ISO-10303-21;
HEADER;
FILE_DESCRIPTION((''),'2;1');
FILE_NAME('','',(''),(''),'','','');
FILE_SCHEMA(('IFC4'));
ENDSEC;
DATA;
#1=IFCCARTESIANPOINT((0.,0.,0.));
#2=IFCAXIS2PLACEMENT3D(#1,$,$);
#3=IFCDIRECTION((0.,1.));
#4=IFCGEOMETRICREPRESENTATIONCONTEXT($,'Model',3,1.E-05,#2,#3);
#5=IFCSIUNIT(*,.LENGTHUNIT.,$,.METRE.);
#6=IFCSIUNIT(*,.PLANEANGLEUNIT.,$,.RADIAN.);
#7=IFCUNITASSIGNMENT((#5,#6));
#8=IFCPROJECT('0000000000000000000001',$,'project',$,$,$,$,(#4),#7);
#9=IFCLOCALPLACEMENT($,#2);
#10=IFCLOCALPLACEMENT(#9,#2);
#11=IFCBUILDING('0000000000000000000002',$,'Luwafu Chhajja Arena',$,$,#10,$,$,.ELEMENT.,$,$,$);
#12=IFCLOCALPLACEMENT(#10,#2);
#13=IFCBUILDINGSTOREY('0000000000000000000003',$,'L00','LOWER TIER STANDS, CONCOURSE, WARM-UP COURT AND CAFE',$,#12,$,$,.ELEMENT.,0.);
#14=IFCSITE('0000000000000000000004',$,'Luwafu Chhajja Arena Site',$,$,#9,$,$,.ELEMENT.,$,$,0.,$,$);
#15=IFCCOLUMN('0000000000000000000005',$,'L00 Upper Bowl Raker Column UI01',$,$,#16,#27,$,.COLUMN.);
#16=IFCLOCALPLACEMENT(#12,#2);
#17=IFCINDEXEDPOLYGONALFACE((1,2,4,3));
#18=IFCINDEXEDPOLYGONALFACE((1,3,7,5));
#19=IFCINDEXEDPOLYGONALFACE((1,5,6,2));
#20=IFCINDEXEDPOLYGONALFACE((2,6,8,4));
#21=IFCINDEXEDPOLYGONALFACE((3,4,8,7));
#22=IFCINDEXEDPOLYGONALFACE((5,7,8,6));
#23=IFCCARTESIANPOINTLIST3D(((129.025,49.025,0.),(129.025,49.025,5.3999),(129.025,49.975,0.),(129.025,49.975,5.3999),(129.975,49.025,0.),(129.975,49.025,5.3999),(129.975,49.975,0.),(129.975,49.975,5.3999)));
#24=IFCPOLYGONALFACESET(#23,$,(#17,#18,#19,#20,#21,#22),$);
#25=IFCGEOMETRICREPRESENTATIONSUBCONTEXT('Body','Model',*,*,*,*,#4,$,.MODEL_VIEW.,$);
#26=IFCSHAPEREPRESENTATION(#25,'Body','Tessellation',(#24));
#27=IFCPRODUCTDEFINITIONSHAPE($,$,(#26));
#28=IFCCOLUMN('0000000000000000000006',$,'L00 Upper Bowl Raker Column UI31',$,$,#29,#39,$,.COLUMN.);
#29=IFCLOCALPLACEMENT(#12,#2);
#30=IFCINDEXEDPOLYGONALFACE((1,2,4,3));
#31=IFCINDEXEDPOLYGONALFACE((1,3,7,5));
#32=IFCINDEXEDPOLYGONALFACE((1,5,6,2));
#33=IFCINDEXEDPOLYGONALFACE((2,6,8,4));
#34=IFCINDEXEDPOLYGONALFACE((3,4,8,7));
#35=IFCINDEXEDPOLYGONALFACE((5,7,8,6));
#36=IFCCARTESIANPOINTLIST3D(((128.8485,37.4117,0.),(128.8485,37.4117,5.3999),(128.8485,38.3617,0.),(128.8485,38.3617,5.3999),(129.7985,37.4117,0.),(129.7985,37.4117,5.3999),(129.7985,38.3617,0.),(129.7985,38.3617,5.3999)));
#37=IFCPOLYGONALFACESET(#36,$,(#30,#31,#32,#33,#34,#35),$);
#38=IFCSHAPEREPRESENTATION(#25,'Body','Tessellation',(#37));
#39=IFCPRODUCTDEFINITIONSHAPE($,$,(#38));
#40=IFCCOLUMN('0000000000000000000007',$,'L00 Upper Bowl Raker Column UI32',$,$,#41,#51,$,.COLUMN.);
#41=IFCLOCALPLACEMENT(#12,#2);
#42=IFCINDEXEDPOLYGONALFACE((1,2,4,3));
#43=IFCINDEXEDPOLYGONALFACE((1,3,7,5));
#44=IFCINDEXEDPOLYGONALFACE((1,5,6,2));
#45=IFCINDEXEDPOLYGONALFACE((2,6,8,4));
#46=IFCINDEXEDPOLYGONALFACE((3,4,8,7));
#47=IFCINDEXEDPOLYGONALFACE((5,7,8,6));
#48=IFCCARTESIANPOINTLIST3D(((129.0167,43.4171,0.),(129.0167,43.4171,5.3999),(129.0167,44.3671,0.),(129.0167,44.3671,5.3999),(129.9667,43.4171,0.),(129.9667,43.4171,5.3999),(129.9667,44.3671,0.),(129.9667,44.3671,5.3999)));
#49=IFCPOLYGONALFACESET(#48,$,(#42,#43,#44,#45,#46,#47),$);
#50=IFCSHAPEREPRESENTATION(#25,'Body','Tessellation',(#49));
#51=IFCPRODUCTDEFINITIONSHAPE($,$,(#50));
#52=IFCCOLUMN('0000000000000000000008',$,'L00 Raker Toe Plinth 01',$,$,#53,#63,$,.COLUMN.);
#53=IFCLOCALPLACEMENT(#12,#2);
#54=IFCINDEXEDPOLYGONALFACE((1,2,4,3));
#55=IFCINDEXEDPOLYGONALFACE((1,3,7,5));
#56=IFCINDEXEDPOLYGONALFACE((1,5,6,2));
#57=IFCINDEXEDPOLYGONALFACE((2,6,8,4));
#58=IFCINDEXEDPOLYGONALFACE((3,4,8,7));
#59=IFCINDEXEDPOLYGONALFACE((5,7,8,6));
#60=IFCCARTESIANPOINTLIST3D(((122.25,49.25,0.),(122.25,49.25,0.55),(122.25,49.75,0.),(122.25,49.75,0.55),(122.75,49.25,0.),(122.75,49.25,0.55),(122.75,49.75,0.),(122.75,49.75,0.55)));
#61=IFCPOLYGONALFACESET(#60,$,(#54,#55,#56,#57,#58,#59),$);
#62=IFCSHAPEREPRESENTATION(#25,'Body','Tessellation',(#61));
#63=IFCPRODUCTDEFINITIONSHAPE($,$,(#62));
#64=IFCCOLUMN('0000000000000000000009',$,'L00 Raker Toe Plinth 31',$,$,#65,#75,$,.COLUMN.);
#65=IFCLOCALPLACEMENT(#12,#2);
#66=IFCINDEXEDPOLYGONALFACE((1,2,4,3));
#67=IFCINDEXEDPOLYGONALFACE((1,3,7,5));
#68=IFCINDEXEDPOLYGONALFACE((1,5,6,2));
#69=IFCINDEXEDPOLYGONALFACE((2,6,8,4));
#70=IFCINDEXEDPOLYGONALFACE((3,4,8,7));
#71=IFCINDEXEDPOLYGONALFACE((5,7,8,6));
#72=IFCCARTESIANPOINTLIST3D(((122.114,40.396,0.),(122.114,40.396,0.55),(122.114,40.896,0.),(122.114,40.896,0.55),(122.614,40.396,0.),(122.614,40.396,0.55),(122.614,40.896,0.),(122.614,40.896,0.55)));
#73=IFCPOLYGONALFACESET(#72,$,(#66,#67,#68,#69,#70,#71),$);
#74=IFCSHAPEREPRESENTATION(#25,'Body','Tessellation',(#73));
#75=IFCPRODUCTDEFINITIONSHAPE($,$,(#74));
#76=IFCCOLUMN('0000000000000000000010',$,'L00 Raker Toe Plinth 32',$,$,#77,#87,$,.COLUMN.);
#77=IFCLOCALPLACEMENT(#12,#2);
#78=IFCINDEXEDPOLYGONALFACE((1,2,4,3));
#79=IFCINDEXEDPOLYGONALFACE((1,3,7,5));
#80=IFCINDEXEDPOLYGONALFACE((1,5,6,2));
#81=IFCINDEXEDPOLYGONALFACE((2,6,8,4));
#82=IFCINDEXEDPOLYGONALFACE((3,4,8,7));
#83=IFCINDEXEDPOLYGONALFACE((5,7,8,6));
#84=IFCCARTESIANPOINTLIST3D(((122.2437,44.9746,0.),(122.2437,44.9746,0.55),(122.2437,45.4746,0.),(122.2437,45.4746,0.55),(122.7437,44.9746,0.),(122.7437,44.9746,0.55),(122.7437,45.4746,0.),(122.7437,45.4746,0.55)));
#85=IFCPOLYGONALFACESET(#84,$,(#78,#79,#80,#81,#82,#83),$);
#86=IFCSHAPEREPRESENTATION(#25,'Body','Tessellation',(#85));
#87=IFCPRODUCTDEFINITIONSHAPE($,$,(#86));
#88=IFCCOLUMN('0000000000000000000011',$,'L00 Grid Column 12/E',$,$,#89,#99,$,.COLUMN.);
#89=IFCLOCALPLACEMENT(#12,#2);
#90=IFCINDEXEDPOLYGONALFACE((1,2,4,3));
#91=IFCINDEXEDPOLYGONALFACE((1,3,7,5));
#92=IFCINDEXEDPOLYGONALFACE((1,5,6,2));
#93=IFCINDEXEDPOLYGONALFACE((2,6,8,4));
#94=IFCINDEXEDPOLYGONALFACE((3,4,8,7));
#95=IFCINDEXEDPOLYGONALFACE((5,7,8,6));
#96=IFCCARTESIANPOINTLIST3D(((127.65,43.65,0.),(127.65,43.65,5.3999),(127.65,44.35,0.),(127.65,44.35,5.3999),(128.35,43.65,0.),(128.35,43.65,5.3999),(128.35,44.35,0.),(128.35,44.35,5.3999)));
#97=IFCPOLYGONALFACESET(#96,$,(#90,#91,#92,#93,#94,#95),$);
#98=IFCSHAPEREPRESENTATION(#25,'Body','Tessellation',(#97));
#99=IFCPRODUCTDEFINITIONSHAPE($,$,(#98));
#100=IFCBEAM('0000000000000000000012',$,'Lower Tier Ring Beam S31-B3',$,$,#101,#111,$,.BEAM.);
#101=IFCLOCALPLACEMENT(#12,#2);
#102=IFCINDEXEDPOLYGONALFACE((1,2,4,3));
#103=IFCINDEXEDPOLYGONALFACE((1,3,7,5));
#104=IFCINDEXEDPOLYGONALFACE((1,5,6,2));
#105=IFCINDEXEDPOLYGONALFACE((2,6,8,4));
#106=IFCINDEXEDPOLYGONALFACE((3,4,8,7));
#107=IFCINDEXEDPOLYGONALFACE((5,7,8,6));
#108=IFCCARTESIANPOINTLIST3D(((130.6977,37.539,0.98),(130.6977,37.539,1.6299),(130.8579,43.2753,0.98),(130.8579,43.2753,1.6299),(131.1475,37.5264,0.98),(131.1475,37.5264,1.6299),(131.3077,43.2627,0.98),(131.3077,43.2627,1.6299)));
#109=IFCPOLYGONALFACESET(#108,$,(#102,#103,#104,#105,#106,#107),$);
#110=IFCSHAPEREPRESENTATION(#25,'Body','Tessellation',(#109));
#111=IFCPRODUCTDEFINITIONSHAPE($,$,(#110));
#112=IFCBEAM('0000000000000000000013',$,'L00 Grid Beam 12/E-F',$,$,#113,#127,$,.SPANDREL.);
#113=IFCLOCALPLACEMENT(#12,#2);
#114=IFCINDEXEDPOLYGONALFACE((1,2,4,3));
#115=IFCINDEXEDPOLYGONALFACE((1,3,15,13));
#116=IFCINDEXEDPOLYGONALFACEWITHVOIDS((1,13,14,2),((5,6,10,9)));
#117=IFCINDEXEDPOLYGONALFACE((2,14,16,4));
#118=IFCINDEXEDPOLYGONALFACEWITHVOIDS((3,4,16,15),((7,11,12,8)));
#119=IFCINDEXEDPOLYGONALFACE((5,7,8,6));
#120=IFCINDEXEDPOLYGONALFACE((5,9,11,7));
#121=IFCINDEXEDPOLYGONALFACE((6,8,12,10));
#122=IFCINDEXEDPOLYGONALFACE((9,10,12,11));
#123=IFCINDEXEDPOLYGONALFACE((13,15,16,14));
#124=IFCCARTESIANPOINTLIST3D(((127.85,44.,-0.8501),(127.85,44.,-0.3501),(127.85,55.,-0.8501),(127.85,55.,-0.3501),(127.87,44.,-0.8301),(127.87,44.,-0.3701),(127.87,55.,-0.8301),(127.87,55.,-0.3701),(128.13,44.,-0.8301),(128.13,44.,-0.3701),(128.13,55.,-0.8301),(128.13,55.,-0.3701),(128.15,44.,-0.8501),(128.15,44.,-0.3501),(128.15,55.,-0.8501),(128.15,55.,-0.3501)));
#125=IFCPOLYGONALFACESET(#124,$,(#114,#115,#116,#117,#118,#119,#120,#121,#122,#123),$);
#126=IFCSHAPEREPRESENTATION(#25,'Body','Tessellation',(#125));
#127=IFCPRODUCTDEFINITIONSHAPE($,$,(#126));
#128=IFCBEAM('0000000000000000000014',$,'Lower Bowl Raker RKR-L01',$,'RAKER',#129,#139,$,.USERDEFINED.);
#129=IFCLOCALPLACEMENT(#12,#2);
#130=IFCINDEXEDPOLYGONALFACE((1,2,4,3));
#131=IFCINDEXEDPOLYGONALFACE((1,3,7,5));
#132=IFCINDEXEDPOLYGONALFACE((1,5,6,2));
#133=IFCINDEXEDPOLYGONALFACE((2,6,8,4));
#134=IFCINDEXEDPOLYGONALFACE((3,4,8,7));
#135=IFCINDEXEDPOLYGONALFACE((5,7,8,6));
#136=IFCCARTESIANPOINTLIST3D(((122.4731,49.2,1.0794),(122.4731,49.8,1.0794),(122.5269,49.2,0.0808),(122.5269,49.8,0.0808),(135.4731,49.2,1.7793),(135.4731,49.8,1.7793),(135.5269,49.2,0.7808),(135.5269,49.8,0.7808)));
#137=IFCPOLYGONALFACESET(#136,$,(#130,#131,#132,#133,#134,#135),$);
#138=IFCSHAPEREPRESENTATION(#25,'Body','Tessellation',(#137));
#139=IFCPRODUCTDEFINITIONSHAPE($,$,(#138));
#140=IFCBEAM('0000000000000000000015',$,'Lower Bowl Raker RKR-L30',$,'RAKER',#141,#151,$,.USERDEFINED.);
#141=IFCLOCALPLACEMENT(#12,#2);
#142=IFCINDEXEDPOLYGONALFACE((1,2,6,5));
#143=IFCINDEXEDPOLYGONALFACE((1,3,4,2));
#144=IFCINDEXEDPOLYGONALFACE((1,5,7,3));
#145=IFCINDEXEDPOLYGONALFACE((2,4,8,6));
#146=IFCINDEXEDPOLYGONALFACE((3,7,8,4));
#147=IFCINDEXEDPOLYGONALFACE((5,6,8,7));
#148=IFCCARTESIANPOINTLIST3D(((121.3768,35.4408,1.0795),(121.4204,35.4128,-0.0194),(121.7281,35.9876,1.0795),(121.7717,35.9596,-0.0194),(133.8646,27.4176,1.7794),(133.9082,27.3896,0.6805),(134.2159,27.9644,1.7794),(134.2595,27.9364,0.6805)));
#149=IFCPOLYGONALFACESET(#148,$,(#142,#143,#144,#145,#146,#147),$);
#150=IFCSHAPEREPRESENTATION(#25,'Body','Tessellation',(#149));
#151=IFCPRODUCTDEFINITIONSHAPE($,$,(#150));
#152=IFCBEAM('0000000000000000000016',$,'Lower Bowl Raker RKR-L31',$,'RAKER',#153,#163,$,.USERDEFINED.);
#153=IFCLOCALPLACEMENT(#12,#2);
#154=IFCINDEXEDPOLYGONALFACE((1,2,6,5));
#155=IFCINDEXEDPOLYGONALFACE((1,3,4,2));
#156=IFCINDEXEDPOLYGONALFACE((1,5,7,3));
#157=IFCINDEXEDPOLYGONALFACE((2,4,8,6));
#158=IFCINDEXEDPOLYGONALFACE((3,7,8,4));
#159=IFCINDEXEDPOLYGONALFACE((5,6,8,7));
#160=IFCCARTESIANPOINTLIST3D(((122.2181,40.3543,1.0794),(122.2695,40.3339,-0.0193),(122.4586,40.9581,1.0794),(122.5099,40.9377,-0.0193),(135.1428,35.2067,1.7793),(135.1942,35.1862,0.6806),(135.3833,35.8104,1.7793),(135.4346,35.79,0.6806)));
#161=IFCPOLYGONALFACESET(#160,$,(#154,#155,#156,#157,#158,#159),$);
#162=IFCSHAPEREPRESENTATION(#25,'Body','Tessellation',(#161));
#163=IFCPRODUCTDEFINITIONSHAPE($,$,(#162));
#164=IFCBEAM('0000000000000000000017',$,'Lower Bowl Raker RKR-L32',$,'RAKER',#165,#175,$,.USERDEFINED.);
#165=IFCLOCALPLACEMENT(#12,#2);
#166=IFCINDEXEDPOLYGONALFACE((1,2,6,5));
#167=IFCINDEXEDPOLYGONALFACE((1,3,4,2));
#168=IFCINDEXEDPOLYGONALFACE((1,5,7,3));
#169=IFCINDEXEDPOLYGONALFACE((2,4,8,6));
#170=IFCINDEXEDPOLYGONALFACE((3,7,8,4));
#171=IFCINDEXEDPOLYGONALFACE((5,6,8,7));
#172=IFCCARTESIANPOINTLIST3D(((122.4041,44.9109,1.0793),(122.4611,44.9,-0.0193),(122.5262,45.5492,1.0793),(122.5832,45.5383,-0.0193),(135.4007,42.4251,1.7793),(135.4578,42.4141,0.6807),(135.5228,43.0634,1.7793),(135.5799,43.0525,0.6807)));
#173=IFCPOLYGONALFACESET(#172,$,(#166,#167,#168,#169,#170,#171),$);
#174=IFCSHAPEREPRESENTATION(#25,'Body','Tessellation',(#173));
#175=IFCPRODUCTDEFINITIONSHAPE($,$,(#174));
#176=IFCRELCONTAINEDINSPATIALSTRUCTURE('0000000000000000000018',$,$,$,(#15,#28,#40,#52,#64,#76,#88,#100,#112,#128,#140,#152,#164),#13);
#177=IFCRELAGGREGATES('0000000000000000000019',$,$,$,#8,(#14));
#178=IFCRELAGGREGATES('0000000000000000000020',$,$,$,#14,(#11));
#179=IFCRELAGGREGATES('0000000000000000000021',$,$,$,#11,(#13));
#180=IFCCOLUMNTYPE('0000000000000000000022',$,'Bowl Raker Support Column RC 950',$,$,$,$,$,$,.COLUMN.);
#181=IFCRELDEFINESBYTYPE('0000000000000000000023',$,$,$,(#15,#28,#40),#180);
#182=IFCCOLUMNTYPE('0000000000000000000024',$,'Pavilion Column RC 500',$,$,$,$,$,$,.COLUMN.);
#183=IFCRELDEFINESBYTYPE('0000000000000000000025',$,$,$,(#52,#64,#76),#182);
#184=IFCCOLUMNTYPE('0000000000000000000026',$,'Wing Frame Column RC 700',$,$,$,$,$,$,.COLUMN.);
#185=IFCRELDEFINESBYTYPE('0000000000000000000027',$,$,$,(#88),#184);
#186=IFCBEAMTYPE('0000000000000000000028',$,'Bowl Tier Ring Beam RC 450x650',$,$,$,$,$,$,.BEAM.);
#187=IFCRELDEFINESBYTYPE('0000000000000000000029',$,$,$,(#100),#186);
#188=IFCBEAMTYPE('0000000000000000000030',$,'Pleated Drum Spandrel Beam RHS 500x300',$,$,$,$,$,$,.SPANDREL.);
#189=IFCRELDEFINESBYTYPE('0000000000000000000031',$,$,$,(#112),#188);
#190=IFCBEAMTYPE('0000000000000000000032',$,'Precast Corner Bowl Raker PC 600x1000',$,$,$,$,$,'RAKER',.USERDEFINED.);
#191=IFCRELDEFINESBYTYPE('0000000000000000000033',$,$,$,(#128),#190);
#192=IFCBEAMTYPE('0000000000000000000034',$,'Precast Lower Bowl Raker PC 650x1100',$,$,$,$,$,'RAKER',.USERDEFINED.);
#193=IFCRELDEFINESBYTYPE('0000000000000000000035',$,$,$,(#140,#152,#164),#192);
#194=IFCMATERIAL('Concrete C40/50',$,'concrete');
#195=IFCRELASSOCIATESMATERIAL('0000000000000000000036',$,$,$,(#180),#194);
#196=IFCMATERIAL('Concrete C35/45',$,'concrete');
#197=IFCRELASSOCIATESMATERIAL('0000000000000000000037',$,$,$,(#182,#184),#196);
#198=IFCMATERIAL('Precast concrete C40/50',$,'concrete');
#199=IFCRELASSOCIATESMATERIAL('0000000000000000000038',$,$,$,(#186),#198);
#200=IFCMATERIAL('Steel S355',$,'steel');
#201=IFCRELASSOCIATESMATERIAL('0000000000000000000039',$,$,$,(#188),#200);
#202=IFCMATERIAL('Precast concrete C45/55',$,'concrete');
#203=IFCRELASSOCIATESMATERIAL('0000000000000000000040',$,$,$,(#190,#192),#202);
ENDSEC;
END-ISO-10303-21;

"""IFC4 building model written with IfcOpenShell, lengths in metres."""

from ifc_helpers import new_model, si_unit, direction, frame, origin, origin_2d, place, context, subcontext, project, spatial, rectangle, hollow_rectangle, extrude, material, material_profile, profile_set, type_object, element, save


model = new_model("IFC4")

# Units and contexts
model_context = context("Model", 3, precision=1e-05, world=origin(), true_north=direction((0.0, 1.0)))
body_context = subcontext(model_context, "Body", "Model", "MODEL_VIEW")
ifc_project = project(units=[si_unit("LENGTHUNIT", "METRE"), si_unit("PLANEANGLEUNIT", "RADIAN")], contexts=[model_context])

# Site, building, storey
site_placement = place(None, origin())
site = spatial("IfcSite", under=ifc_project, at=site_placement, Name="Luwafu Chhajja Arena Site", CompositionType="ELEMENT", RefElevation=0.0)
building_placement = place(site_placement, origin())
building = spatial("IfcBuilding", under=site, at=building_placement, Name="Luwafu Chhajja Arena", CompositionType="ELEMENT")
storey_placement = place(building_placement, origin())
storey = spatial("IfcBuildingStorey", under=building, at=storey_placement, Name="L00", Description="LOWER TIER STANDS, CONCOURSE, WARM-UP COURT AND CAFE", CompositionType="ELEMENT", Elevation=0.0)

# Columns
ifc_material_1 = material(Name="Concrete C40/50", Category="concrete")
ifc_material_profile_1 = material_profile(ifc_material_1, rectangle(XDim=0.95, YDim=0.95, at=origin_2d()), Name="RC 950x950")
ifc_profile_set_1 = profile_set([ifc_material_profile_1], Name="Concrete C40/50")
column_type_1 = type_object("IfcColumnType", Name="Bowl Raker Support Column RC 950", PredefinedType="COLUMN", material=ifc_profile_set_1)
for number, where, z_axis, x_axis, name in (
    (1, (129.5, 49.5, 0.0), (0.0, 0.0, 1.0), (1.0, 0.0, 0.0), "L00 Upper Bowl Raker Column UI01"),
    (2, (129.3235, 37.8867, 0.0), (0.0, 0.0, 1.0), (1.0, 0.0, 0.0), "L00 Upper Bowl Raker Column UI31"),
    (3, (129.4917, 43.8921, 0.0), (0.0, 0.0, 1.0), (1.0, 0.0, 0.0), "L00 Upper Bowl Raker Column UI32"),
):
    element("IfcColumn", number, at=place(storey_placement, frame(where, z_axis=z_axis, x_axis=x_axis)), inside=storey, type_object=column_type_1, Name=name, PredefinedType="COLUMN", context=body_context, shape_type="SweptSolid", body=[
        extrude(rectangle(XDim=0.95, YDim=0.95, at=origin_2d()), origin(), (0.0, 0.0, 1.0), 5.3999),
    ])
ifc_material_2 = material(Name="Concrete C35/45", Category="concrete")
ifc_material_profile_2 = material_profile(ifc_material_2, rectangle(XDim=0.5, YDim=0.5, at=origin_2d()), Name="RC 500x500")
ifc_profile_set_2 = profile_set([ifc_material_profile_2], Name="Concrete C35/45")
column_type_2 = type_object("IfcColumnType", Name="Pavilion Column RC 500", PredefinedType="COLUMN", material=ifc_profile_set_2)
for number, where, z_axis, x_axis, name in (
    (4, (122.5, 49.5, 0.0), (0.0, 0.0, 1.0), (1.0, 0.0, 0.0), "L00 Raker Toe Plinth 01"),
    (5, (122.364, 40.646, 0.0), (0.0, 0.0, 1.0), (1.0, 0.0, 0.0), "L00 Raker Toe Plinth 31"),
    (6, (122.4937, 45.2246, 0.0), (0.0, 0.0, 1.0), (1.0, 0.0, 0.0), "L00 Raker Toe Plinth 32"),
):
    element("IfcColumn", number, at=place(storey_placement, frame(where, z_axis=z_axis, x_axis=x_axis)), inside=storey, type_object=column_type_2, Name=name, PredefinedType="COLUMN", context=body_context, shape_type="SweptSolid", body=[
        extrude(rectangle(XDim=0.5, YDim=0.5, at=origin_2d()), origin(), (0.0, 0.0, 1.0), 0.55),
    ])
ifc_material_profile_3 = material_profile(ifc_material_2, rectangle(XDim=0.7, YDim=0.7, at=origin_2d()), Name="RC 700x700")
ifc_profile_set_3 = profile_set([ifc_material_profile_3], Name="Concrete C35/45")
column_type_3 = type_object("IfcColumnType", Name="Wing Frame Column RC 700", PredefinedType="COLUMN", material=ifc_profile_set_3)
column_placement = place(storey_placement, frame((128.0, 44.0, 0.0), z_axis=(0.0, 0.0, 1.0), x_axis=(1.0, 0.0, 0.0)))
element("IfcColumn", 7, at=column_placement, inside=storey, type_object=column_type_3, Name="L00 Grid Column 12/E", PredefinedType="COLUMN", context=body_context, shape_type="SweptSolid", body=[
    extrude(rectangle(XDim=0.7, YDim=0.7, at=origin_2d()), origin(), (0.0, 0.0, 1.0), 5.3999),
])

# Beams
ifc_material_3 = material(Name="Precast concrete C40/50", Category="concrete")
ifc_material_profile_4 = material_profile(ifc_material_3, rectangle(XDim=0.45, YDim=0.6499, at=origin_2d()), Name="RC 450x650")
ifc_profile_set_4 = profile_set([ifc_material_profile_4], Name="Precast concrete C40/50")
beam_type_1 = type_object("IfcBeamType", Name="Bowl Tier Ring Beam RC 450x650", PredefinedType="BEAM", material=ifc_profile_set_4)
beam_1_placement = place(storey_placement, frame((130.9226, 37.5327, 1.3049), z_axis=(0.027909, 0.99961, 0.0), x_axis=(-0.99961, 0.027909, 0.0)))
element("IfcBeam", 8, at=beam_1_placement, inside=storey, type_object=beam_type_1, Name="Lower Tier Ring Beam S31-B3", PredefinedType="BEAM", context=body_context, shape_type="SweptSolid", body=[
    extrude(rectangle(XDim=0.45, YDim=0.6499, at=origin_2d()), origin(), (0.0, 0.0, 1.0), 5.7385),
])
ifc_material_4 = material(Name="Steel S355", Category="steel")
ifc_material_profile_5 = material_profile(ifc_material_4, hollow_rectangle(XDim=0.3, YDim=0.5, WallThickness=0.02, at=origin_2d()), Name="RHS 500x300x20")
ifc_profile_set_5 = profile_set([ifc_material_profile_5], Name="Steel S355")
beam_type_2 = type_object("IfcBeamType", Name="Pleated Drum Spandrel Beam RHS 500x300", PredefinedType="SPANDREL", material=ifc_profile_set_5)
beam_2_placement = place(storey_placement, frame((128.0, 44.0, -0.6001), z_axis=(0.0, 1.0, 0.0), x_axis=(-1.0, 0.0, 0.0)))
element("IfcBeam", 9, at=beam_2_placement, inside=storey, type_object=beam_type_2, Name="L00 Grid Beam 12/E-F", PredefinedType="SPANDREL", context=body_context, shape_type="SweptSolid", body=[
    extrude(hollow_rectangle(XDim=0.3, YDim=0.5, WallThickness=0.02, at=origin_2d()), origin(), (0.0, 0.0, 1.0), 11.0),
])
ifc_material_5 = material(Name="Precast concrete C45/55", Category="concrete")
ifc_material_profile_6 = material_profile(ifc_material_5, rectangle(XDim=0.6001, YDim=1.0, at=origin_2d()), Name="PC 600x1000")
ifc_profile_set_6 = profile_set([ifc_material_profile_6], Name="Precast concrete C45/55")
beam_type_3 = type_object("IfcBeamType", Name="Precast Corner Bowl Raker PC 600x1000", ElementType="RAKER", PredefinedType="USERDEFINED", material=ifc_profile_set_6)
beam_3_placement = place(storey_placement, frame((122.5, 49.5, 0.5801), z_axis=(0.998554, 0.0, 0.053765), x_axis=(0.0, 1.0, 0.0)))
element("IfcBeam", 10, at=beam_3_placement, inside=storey, type_object=beam_type_3, Name="Lower Bowl Raker RKR-L01", ObjectType="RAKER", PredefinedType="USERDEFINED", context=body_context, shape_type="SweptSolid", body=[
    extrude(rectangle(XDim=0.6001, YDim=1.0, at=origin_2d()), origin(), (0.0, 0.0, 1.0), 13.0188),
])
ifc_material_profile_7 = material_profile(ifc_material_5, rectangle(XDim=0.6499, YDim=1.1001, at=origin_2d()), Name="PC 650x1100")
ifc_profile_set_7 = profile_set([ifc_material_profile_7], Name="Precast concrete C45/55")
beam_type_4 = type_object("IfcBeamType", Name="Precast Lower Bowl Raker PC 650x1100", ElementType="RAKER", PredefinedType="USERDEFINED", material=ifc_profile_set_7)
beam_4_placement = place(storey_placement, frame((121.5742, 35.7002, 0.53), z_axis=(0.840388, -0.539935, 0.047104), x_axis=(0.540535, 0.841322, 0.0)))
element("IfcBeam", 11, at=beam_4_placement, inside=storey, type_object=beam_type_4, Name="Lower Bowl Raker RKR-L30", ObjectType="RAKER", PredefinedType="USERDEFINED", context=body_context, shape_type="SweptSolid", body=[
    extrude(rectangle(XDim=0.6499, YDim=1.1001, at=origin_2d()), origin(), (0.0, 0.0, 1.0), 14.8596),
])
beam_5_placement = place(storey_placement, frame((122.364, 40.646, 0.53), z_axis=(0.927853, -0.369546, 0.050248), x_axis=(0.370014, 0.929026, 0.0)))
element("IfcBeam", 12, at=beam_5_placement, inside=storey, type_object=beam_type_4, Name="Lower Bowl Raker RKR-L31", ObjectType="RAKER", PredefinedType="USERDEFINED", context=body_context, shape_type="SweptSolid", body=[
    extrude(rectangle(XDim=0.6499, YDim=1.1001, at=origin_2d()), origin(), (0.0, 0.0, 1.0), 13.9297),
])
beam_6_placement = place(storey_placement, frame((122.4937, 45.2246, 0.53), z_axis=(0.980824, -0.187601, 0.052824), x_axis=(0.187863, 0.982195, 0.0)))
element("IfcBeam", 13, at=beam_6_placement, inside=storey, type_object=beam_type_4, Name="Lower Bowl Raker RKR-L32", ObjectType="RAKER", PredefinedType="USERDEFINED", context=body_context, shape_type="SweptSolid", body=[
    extrude(rectangle(XDim=0.6499, YDim=1.1001, at=origin_2d()), origin(), (0.0, 0.0, 1.0), 13.2507),
])

save(model, "model.ifc")
